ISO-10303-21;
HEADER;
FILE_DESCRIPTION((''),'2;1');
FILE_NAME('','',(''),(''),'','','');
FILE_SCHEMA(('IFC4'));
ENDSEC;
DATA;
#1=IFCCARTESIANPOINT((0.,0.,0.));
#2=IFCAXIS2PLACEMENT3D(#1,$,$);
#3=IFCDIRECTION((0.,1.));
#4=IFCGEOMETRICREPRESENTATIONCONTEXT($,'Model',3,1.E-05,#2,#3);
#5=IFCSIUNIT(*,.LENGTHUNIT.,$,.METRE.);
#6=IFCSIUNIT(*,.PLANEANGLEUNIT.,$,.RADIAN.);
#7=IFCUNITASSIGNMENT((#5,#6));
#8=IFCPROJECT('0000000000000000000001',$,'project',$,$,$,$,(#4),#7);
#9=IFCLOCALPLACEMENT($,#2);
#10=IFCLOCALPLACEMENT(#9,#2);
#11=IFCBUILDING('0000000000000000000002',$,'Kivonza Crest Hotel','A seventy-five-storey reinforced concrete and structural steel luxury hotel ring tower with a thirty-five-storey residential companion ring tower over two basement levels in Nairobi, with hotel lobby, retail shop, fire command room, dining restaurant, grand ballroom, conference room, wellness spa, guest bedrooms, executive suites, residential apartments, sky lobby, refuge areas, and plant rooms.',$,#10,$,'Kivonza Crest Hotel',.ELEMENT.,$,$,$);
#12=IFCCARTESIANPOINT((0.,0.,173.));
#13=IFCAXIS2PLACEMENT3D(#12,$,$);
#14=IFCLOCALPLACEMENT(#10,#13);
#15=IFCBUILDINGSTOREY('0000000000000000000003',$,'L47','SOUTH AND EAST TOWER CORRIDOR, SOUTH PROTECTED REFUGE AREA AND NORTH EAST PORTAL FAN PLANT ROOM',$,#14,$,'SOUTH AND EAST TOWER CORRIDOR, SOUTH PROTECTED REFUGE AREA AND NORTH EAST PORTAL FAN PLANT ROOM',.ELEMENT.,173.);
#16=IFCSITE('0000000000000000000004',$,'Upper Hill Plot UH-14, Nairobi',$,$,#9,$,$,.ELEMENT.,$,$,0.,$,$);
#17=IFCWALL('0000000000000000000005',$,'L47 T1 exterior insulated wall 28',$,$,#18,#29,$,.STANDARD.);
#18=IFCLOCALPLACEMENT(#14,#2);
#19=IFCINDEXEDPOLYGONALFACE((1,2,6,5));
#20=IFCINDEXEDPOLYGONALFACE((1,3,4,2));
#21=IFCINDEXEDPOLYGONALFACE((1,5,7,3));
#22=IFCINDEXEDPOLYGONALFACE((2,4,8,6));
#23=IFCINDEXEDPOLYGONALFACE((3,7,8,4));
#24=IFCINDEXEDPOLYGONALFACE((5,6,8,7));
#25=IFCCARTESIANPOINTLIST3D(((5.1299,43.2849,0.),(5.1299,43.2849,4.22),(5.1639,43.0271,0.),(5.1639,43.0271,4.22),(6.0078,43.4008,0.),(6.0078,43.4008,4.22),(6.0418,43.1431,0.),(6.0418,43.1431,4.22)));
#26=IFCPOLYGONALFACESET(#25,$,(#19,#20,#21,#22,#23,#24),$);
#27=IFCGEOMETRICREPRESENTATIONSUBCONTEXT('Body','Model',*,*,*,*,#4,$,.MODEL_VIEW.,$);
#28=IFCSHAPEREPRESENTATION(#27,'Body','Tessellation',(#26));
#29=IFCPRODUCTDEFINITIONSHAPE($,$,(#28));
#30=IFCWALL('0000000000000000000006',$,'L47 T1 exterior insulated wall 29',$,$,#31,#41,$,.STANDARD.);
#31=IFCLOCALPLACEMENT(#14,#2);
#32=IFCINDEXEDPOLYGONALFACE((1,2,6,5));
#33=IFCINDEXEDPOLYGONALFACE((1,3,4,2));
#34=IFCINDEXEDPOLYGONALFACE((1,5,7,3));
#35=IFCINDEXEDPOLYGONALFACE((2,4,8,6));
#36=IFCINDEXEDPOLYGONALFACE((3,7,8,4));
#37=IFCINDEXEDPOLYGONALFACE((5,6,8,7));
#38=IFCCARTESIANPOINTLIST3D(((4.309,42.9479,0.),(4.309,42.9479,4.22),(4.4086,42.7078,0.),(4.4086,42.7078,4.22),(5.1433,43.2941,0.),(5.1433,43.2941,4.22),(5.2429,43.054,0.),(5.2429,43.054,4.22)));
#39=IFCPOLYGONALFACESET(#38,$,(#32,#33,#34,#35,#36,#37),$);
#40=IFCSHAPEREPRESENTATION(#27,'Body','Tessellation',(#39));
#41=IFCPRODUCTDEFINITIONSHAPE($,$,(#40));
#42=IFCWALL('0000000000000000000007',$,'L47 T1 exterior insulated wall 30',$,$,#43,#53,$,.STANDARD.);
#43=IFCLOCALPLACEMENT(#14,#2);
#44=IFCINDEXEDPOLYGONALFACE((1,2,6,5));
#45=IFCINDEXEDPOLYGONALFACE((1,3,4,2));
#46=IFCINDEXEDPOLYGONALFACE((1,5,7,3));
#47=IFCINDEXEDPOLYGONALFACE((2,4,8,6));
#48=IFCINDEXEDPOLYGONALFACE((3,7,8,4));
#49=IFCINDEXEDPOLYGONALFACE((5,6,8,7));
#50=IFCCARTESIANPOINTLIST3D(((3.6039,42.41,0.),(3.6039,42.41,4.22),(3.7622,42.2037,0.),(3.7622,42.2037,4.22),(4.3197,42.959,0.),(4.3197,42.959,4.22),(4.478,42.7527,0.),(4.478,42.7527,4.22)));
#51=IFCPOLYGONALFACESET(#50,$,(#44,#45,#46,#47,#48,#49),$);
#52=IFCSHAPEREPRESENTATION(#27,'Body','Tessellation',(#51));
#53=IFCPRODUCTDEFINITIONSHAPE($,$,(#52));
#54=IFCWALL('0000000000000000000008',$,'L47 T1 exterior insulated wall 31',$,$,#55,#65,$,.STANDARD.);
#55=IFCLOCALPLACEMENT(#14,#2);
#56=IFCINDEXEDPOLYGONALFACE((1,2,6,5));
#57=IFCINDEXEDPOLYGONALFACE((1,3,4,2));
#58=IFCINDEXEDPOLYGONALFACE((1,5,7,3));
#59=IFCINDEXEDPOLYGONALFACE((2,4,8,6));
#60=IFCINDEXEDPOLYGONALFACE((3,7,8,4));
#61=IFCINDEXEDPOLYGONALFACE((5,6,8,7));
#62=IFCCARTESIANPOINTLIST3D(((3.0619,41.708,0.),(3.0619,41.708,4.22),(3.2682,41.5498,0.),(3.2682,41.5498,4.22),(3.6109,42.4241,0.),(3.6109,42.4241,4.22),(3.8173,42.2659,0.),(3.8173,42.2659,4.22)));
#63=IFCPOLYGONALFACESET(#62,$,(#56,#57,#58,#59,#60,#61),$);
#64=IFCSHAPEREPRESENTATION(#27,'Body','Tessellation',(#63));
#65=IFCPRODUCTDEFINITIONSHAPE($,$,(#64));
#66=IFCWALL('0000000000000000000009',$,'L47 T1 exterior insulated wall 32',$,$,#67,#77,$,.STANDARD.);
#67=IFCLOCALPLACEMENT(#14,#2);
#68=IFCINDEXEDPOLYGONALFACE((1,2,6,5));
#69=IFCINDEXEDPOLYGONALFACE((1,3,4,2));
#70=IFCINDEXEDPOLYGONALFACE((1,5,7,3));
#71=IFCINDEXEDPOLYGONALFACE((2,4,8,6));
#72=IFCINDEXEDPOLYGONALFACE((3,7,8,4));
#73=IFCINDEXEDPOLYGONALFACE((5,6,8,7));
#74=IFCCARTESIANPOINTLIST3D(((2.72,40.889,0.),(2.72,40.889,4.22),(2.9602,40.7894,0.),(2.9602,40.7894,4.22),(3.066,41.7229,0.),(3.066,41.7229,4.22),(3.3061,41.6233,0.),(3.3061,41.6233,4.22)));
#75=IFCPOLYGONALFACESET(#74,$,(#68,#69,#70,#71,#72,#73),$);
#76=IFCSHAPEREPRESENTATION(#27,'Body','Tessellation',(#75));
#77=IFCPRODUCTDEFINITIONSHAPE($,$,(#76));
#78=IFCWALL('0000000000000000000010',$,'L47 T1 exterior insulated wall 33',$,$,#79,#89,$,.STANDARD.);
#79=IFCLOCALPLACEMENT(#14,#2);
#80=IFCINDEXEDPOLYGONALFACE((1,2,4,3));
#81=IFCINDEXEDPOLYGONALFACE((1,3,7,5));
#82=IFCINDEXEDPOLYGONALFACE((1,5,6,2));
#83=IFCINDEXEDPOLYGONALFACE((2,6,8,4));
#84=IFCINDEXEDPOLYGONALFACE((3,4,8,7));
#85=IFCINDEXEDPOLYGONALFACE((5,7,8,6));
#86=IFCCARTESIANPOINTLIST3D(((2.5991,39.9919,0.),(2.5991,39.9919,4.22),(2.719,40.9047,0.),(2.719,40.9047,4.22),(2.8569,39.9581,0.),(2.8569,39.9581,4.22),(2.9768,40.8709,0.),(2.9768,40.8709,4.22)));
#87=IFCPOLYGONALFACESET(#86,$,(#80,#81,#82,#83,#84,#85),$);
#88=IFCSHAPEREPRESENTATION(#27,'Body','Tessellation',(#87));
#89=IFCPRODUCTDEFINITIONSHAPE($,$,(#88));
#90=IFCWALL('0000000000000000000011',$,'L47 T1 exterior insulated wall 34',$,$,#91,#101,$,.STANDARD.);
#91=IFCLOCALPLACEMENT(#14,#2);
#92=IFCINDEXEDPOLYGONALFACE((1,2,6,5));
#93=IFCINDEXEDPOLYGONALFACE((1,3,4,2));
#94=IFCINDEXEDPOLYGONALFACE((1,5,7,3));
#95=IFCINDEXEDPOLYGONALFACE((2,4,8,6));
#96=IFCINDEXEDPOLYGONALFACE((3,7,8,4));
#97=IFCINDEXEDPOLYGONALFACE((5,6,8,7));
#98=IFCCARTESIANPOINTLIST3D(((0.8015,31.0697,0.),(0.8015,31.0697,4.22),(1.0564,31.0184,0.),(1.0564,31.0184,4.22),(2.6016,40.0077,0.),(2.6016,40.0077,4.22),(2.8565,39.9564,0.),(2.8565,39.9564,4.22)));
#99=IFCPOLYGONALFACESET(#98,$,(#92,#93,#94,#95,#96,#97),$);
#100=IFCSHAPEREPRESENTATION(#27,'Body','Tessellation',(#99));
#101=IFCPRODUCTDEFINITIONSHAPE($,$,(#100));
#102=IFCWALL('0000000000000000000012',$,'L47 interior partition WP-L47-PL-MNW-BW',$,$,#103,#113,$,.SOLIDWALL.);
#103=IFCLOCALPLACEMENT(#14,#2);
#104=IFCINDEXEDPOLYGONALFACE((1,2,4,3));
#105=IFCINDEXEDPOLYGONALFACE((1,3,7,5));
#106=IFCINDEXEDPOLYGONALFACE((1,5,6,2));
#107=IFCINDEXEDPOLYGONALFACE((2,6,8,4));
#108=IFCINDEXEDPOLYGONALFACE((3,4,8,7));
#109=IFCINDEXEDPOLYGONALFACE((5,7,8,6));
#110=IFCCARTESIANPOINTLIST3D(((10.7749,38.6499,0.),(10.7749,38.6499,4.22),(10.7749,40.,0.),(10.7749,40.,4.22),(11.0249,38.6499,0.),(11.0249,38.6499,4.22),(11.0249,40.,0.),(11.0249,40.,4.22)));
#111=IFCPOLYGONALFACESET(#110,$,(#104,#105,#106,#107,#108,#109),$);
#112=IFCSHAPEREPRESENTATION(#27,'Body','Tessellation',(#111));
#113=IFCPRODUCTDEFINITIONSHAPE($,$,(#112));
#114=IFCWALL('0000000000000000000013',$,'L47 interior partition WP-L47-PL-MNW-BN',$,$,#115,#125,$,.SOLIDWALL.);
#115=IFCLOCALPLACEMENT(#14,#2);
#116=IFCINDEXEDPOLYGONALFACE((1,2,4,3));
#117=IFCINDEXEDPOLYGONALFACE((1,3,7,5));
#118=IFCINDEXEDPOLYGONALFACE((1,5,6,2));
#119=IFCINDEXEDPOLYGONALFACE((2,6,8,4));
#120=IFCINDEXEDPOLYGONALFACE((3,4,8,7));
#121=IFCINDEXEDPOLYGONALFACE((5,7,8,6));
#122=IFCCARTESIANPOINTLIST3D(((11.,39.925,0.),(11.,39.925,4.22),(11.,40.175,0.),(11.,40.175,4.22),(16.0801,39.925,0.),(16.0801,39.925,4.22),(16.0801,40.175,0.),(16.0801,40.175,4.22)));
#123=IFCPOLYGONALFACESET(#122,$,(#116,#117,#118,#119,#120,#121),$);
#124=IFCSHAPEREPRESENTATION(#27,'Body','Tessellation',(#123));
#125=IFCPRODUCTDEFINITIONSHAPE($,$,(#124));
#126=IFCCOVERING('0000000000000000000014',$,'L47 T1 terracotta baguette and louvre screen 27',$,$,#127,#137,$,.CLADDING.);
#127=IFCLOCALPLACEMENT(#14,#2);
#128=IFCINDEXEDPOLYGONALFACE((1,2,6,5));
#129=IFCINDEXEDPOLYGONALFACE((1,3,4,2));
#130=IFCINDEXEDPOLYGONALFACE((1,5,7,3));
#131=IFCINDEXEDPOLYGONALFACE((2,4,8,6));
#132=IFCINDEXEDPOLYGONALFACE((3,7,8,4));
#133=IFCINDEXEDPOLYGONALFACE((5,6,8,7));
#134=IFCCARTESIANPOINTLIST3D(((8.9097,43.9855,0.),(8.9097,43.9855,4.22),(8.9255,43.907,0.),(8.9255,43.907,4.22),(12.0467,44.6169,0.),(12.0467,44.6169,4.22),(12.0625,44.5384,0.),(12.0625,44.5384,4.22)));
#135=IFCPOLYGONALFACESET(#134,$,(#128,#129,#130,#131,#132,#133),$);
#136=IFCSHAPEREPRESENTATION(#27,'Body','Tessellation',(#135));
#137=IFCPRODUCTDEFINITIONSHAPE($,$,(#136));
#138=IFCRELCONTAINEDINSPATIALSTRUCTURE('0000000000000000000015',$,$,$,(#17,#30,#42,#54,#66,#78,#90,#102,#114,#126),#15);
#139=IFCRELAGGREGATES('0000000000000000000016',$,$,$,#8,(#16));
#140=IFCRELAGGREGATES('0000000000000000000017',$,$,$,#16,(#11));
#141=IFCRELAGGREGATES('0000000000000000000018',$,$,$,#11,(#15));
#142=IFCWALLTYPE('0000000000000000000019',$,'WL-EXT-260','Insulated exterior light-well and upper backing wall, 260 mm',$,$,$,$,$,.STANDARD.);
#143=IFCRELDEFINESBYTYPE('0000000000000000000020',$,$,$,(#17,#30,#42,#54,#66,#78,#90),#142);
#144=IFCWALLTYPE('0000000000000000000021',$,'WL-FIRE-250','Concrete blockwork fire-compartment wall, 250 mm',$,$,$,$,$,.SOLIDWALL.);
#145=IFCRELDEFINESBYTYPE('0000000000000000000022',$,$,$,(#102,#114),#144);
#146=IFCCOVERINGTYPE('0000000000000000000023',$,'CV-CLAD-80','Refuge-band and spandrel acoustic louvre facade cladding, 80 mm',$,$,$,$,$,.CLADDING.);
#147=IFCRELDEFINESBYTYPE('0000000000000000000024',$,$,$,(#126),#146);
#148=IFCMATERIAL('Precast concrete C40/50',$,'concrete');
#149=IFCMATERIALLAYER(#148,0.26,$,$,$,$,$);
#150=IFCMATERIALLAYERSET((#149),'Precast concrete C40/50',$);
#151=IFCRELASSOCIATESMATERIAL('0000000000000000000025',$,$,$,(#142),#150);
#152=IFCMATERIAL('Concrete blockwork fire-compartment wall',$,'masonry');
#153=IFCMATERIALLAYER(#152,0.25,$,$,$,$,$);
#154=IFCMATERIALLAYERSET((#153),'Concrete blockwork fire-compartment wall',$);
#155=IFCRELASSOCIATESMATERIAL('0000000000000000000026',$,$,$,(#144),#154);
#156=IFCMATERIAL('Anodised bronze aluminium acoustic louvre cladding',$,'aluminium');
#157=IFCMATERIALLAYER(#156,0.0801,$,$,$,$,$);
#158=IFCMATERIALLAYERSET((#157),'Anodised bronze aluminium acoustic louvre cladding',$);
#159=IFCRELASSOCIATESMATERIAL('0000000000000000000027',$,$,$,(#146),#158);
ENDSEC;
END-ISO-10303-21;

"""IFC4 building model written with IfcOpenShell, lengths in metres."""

from ifc_helpers import new_model, si_unit, direction, frame, frame_2d, origin, origin_2d, place, context, subcontext, project, spatial, rectangle, extrude, material, layer, layer_set, type_object, element, save


model = new_model("IFC4")

# Units and contexts
model_context = context("Model", 3, precision=1e-05, world=origin(), true_north=direction((0.0, 1.0)))
body_context = subcontext(model_context, "Body", "Model", "MODEL_VIEW")
ifc_project = project(units=[si_unit("LENGTHUNIT", "METRE"), si_unit("PLANEANGLEUNIT", "RADIAN")], contexts=[model_context])

# Site, building, storey
site_placement = place(None, origin())
site = spatial("IfcSite", under=ifc_project, at=site_placement, Name="Upper Hill Plot UH-14, Nairobi", CompositionType="ELEMENT", RefElevation=0.0)
building_placement = place(site_placement, origin())
building = spatial("IfcBuilding", under=site, at=building_placement, Name="Kivonza Crest Hotel", Description="A seventy-five-storey reinforced concrete and structural steel luxury hotel ring tower with a thirty-five-storey residential companion ring tower over two basement levels in Nairobi, with hotel lobby, retail shop, fire command room, dining restaurant, grand ballroom, conference room, wellness spa, guest bedrooms, executive suites, residential apartments, sky lobby, refuge areas, and plant rooms.", LongName="Kivonza Crest Hotel", CompositionType="ELEMENT")
storey_placement = place(building_placement, frame((0.0, 0.0, 173.0)))
storey = spatial("IfcBuildingStorey", under=building, at=storey_placement, Name="L47", Description="SOUTH AND EAST TOWER CORRIDOR, SOUTH PROTECTED REFUGE AREA AND NORTH EAST PORTAL FAN PLANT ROOM", LongName="SOUTH AND EAST TOWER CORRIDOR, SOUTH PROTECTED REFUGE AREA AND NORTH EAST PORTAL FAN PLANT ROOM", CompositionType="ELEMENT", Elevation=173.0)

# Walls
ifc_material_1 = material(Name="Precast concrete C40/50", Category="concrete")
ifc_layer_1 = layer(ifc_material_1, 0.26)
ifc_layer_set_1 = layer_set([ifc_layer_1], Name="Precast concrete C40/50")
wall_type_1 = type_object("IfcWallType", Name="WL-EXT-260", Description="Insulated exterior light-well and upper backing wall, 260 mm", PredefinedType="STANDARD", material=ifc_layer_set_1)
wall_1_placement = place(storey_placement, frame((6.0249, 43.272, 0.0), z_axis=(0.0, 0.0, 1.0), x_axis=(-0.991388, -0.130954, 0.0)))
element("IfcWall", 1, at=wall_1_placement, inside=storey, type_object=wall_type_1, Name="L47 T1 exterior insulated wall 28", PredefinedType="STANDARD", context=body_context, shape_type="SweptSolid", body=[
    extrude(rectangle(XDim=0.8855, YDim=0.26, at=frame_2d((0.4429, 0.0))), origin(), (0.0, 0.0, 1.0), 4.22),
])
wall_2_placement = place(storey_placement, frame((5.1931, 43.1741, 0.0), z_axis=(0.0, 0.0, 1.0), x_axis=(-0.923628, -0.383291, 0.0)))
element("IfcWall", 2, at=wall_2_placement, inside=storey, type_object=wall_type_1, Name="L47 T1 exterior insulated wall 29", PredefinedType="STANDARD", context=body_context, shape_type="SweptSolid", body=[
    extrude(rectangle(XDim=0.9033, YDim=0.26, at=frame_2d((0.4517, 0.0))), origin(), (0.0, 0.0, 1.0), 4.22),
])
wall_3_placement = place(storey_placement, frame((4.3989, 42.856, 0.0), z_axis=(0.0, 0.0, 1.0), x_axis=(-0.793458, -0.608625, 0.0)))
element("IfcWall", 3, at=wall_3_placement, inside=storey, type_object=wall_type_1, Name="L47 T1 exterior insulated wall 30", PredefinedType="STANDARD", context=body_context, shape_type="SweptSolid", body=[
    extrude(rectangle(XDim=0.9021, YDim=0.26, at=frame_2d((0.4512, 0.0))), origin(), (0.0, 0.0, 1.0), 4.22),
])
wall_4_placement = place(storey_placement, frame((3.7141, 42.345, 0.0), z_axis=(0.0, 0.0, 1.0), x_axis=(-0.608494, -0.793558, 0.0)))
element("IfcWall", 4, at=wall_4_placement, inside=storey, type_object=wall_type_1, Name="L47 T1 exterior insulated wall 31", PredefinedType="STANDARD", context=body_context, shape_type="SweptSolid", body=[
    extrude(rectangle(XDim=0.9023, YDim=0.26, at=frame_2d((0.4512, 0.0))), origin(), (0.0, 0.0, 1.0), 4.22),
])
wall_5_placement = place(storey_placement, frame((3.186, 41.6731, 0.0), z_axis=(0.0, 0.0, 1.0), x_axis=(-0.383156, -0.923684, 0.0)))
element("IfcWall", 5, at=wall_5_placement, inside=storey, type_object=wall_type_1, Name="L47 T1 exterior insulated wall 32", PredefinedType="STANDARD", context=body_context, shape_type="SweptSolid", body=[
    extrude(rectangle(XDim=0.9028, YDim=0.26, at=frame_2d((0.4514, 0.0))), origin(), (0.0, 0.0, 1.0), 4.22),
])
wall_6_placement = place(storey_placement, frame((2.8479, 40.8879, 0.0), z_axis=(0.0, 0.0, 1.0), x_axis=(-0.130201, -0.991488, 0.0)))
element("IfcWall", 6, at=wall_6_placement, inside=storey, type_object=wall_type_1, Name="L47 T1 exterior insulated wall 33", PredefinedType="STANDARD", context=body_context, shape_type="SweptSolid", body=[
    extrude(rectangle(XDim=0.9207, YDim=0.26, at=frame_2d((0.4604, 0.0))), origin(), (0.0, 0.0, 1.0), 4.22),
])
wall_7_placement = place(storey_placement, frame((2.729, 39.9819, 0.0), z_axis=(0.0, 0.0, 1.0), x_axis=(-0.197429, -0.980317, 0.0)))
element("IfcWall", 7, at=wall_7_placement, inside=storey, type_object=wall_type_1, Name="L47 T1 exterior insulated wall 34", PredefinedType="STANDARD", context=body_context, shape_type="SweptSolid", body=[
    extrude(rectangle(XDim=9.1174, YDim=0.26, at=frame_2d((4.5586, 0.0))), origin(), (0.0, 0.0, 1.0), 4.22),
])
ifc_material_2 = material(Name="Concrete blockwork fire-compartment wall", Category="masonry")
ifc_layer_2 = layer(ifc_material_2, 0.25)
ifc_layer_set_2 = layer_set([ifc_layer_2], Name="Concrete blockwork fire-compartment wall")
wall_type_2 = type_object("IfcWallType", Name="WL-FIRE-250", Description="Concrete blockwork fire-compartment wall, 250 mm", PredefinedType="SOLIDWALL", material=ifc_layer_set_2)
wall_8_placement = place(storey_placement, frame((10.8999, 38.6499, 0.0), z_axis=(0.0, 0.0, 1.0), x_axis=(0.0, 1.0, 0.0)))
element("IfcWall", 8, at=wall_8_placement, inside=storey, type_object=wall_type_2, Name="L47 interior partition WP-L47-PL-MNW-BW", PredefinedType="SOLIDWALL", context=body_context, shape_type="SweptSolid", body=[
    extrude(rectangle(XDim=1.3501, YDim=0.25, at=frame_2d((0.675, 0.0))), origin(), (0.0, 0.0, 1.0), 4.22),
])
wall_9_placement = place(storey_placement, frame((11.0, 40.05, 0.0), z_axis=(0.0, 0.0, 1.0), x_axis=(1.0, 0.0, 0.0)))
element("IfcWall", 9, at=wall_9_placement, inside=storey, type_object=wall_type_2, Name="L47 interior partition WP-L47-PL-MNW-BN", PredefinedType="SOLIDWALL", context=body_context, shape_type="SweptSolid", body=[
    extrude(rectangle(XDim=5.0801, YDim=0.25, at=frame_2d((2.54, 0.0))), origin(), (0.0, 0.0, 1.0), 4.22),
])

# Covering
ifc_material_3 = material(Name="Anodised bronze aluminium acoustic louvre cladding", Category="aluminium")
ifc_layer_3 = layer(ifc_material_3, 0.0801)
ifc_layer_set_3 = layer_set([ifc_layer_3], Name="Anodised bronze aluminium acoustic louvre cladding")
covering_type = type_object("IfcCoveringType", Name="CV-CLAD-80", Description="Refuge-band and spandrel acoustic louvre facade cladding, 80 mm", PredefinedType="CLADDING", material=ifc_layer_set_3)
covering_placement = place(storey_placement, frame((10.4861, 44.262, 0.0), z_axis=(0.0, 0.0, 1.0), x_axis=(-0.98034, -0.197315, 0.0)))
element("IfcCovering", 10, at=covering_placement, inside=storey, type_object=covering_type, Name="L47 T1 terracotta baguette and louvre screen 27", PredefinedType="CLADDING", context=body_context, shape_type="SweptSolid", body=[
    extrude(rectangle(XDim=3.2, YDim=0.0801, at=origin_2d()), origin(), (0.0, 0.0, 1.0), 4.22),
])

save(model, "model.ifc")
